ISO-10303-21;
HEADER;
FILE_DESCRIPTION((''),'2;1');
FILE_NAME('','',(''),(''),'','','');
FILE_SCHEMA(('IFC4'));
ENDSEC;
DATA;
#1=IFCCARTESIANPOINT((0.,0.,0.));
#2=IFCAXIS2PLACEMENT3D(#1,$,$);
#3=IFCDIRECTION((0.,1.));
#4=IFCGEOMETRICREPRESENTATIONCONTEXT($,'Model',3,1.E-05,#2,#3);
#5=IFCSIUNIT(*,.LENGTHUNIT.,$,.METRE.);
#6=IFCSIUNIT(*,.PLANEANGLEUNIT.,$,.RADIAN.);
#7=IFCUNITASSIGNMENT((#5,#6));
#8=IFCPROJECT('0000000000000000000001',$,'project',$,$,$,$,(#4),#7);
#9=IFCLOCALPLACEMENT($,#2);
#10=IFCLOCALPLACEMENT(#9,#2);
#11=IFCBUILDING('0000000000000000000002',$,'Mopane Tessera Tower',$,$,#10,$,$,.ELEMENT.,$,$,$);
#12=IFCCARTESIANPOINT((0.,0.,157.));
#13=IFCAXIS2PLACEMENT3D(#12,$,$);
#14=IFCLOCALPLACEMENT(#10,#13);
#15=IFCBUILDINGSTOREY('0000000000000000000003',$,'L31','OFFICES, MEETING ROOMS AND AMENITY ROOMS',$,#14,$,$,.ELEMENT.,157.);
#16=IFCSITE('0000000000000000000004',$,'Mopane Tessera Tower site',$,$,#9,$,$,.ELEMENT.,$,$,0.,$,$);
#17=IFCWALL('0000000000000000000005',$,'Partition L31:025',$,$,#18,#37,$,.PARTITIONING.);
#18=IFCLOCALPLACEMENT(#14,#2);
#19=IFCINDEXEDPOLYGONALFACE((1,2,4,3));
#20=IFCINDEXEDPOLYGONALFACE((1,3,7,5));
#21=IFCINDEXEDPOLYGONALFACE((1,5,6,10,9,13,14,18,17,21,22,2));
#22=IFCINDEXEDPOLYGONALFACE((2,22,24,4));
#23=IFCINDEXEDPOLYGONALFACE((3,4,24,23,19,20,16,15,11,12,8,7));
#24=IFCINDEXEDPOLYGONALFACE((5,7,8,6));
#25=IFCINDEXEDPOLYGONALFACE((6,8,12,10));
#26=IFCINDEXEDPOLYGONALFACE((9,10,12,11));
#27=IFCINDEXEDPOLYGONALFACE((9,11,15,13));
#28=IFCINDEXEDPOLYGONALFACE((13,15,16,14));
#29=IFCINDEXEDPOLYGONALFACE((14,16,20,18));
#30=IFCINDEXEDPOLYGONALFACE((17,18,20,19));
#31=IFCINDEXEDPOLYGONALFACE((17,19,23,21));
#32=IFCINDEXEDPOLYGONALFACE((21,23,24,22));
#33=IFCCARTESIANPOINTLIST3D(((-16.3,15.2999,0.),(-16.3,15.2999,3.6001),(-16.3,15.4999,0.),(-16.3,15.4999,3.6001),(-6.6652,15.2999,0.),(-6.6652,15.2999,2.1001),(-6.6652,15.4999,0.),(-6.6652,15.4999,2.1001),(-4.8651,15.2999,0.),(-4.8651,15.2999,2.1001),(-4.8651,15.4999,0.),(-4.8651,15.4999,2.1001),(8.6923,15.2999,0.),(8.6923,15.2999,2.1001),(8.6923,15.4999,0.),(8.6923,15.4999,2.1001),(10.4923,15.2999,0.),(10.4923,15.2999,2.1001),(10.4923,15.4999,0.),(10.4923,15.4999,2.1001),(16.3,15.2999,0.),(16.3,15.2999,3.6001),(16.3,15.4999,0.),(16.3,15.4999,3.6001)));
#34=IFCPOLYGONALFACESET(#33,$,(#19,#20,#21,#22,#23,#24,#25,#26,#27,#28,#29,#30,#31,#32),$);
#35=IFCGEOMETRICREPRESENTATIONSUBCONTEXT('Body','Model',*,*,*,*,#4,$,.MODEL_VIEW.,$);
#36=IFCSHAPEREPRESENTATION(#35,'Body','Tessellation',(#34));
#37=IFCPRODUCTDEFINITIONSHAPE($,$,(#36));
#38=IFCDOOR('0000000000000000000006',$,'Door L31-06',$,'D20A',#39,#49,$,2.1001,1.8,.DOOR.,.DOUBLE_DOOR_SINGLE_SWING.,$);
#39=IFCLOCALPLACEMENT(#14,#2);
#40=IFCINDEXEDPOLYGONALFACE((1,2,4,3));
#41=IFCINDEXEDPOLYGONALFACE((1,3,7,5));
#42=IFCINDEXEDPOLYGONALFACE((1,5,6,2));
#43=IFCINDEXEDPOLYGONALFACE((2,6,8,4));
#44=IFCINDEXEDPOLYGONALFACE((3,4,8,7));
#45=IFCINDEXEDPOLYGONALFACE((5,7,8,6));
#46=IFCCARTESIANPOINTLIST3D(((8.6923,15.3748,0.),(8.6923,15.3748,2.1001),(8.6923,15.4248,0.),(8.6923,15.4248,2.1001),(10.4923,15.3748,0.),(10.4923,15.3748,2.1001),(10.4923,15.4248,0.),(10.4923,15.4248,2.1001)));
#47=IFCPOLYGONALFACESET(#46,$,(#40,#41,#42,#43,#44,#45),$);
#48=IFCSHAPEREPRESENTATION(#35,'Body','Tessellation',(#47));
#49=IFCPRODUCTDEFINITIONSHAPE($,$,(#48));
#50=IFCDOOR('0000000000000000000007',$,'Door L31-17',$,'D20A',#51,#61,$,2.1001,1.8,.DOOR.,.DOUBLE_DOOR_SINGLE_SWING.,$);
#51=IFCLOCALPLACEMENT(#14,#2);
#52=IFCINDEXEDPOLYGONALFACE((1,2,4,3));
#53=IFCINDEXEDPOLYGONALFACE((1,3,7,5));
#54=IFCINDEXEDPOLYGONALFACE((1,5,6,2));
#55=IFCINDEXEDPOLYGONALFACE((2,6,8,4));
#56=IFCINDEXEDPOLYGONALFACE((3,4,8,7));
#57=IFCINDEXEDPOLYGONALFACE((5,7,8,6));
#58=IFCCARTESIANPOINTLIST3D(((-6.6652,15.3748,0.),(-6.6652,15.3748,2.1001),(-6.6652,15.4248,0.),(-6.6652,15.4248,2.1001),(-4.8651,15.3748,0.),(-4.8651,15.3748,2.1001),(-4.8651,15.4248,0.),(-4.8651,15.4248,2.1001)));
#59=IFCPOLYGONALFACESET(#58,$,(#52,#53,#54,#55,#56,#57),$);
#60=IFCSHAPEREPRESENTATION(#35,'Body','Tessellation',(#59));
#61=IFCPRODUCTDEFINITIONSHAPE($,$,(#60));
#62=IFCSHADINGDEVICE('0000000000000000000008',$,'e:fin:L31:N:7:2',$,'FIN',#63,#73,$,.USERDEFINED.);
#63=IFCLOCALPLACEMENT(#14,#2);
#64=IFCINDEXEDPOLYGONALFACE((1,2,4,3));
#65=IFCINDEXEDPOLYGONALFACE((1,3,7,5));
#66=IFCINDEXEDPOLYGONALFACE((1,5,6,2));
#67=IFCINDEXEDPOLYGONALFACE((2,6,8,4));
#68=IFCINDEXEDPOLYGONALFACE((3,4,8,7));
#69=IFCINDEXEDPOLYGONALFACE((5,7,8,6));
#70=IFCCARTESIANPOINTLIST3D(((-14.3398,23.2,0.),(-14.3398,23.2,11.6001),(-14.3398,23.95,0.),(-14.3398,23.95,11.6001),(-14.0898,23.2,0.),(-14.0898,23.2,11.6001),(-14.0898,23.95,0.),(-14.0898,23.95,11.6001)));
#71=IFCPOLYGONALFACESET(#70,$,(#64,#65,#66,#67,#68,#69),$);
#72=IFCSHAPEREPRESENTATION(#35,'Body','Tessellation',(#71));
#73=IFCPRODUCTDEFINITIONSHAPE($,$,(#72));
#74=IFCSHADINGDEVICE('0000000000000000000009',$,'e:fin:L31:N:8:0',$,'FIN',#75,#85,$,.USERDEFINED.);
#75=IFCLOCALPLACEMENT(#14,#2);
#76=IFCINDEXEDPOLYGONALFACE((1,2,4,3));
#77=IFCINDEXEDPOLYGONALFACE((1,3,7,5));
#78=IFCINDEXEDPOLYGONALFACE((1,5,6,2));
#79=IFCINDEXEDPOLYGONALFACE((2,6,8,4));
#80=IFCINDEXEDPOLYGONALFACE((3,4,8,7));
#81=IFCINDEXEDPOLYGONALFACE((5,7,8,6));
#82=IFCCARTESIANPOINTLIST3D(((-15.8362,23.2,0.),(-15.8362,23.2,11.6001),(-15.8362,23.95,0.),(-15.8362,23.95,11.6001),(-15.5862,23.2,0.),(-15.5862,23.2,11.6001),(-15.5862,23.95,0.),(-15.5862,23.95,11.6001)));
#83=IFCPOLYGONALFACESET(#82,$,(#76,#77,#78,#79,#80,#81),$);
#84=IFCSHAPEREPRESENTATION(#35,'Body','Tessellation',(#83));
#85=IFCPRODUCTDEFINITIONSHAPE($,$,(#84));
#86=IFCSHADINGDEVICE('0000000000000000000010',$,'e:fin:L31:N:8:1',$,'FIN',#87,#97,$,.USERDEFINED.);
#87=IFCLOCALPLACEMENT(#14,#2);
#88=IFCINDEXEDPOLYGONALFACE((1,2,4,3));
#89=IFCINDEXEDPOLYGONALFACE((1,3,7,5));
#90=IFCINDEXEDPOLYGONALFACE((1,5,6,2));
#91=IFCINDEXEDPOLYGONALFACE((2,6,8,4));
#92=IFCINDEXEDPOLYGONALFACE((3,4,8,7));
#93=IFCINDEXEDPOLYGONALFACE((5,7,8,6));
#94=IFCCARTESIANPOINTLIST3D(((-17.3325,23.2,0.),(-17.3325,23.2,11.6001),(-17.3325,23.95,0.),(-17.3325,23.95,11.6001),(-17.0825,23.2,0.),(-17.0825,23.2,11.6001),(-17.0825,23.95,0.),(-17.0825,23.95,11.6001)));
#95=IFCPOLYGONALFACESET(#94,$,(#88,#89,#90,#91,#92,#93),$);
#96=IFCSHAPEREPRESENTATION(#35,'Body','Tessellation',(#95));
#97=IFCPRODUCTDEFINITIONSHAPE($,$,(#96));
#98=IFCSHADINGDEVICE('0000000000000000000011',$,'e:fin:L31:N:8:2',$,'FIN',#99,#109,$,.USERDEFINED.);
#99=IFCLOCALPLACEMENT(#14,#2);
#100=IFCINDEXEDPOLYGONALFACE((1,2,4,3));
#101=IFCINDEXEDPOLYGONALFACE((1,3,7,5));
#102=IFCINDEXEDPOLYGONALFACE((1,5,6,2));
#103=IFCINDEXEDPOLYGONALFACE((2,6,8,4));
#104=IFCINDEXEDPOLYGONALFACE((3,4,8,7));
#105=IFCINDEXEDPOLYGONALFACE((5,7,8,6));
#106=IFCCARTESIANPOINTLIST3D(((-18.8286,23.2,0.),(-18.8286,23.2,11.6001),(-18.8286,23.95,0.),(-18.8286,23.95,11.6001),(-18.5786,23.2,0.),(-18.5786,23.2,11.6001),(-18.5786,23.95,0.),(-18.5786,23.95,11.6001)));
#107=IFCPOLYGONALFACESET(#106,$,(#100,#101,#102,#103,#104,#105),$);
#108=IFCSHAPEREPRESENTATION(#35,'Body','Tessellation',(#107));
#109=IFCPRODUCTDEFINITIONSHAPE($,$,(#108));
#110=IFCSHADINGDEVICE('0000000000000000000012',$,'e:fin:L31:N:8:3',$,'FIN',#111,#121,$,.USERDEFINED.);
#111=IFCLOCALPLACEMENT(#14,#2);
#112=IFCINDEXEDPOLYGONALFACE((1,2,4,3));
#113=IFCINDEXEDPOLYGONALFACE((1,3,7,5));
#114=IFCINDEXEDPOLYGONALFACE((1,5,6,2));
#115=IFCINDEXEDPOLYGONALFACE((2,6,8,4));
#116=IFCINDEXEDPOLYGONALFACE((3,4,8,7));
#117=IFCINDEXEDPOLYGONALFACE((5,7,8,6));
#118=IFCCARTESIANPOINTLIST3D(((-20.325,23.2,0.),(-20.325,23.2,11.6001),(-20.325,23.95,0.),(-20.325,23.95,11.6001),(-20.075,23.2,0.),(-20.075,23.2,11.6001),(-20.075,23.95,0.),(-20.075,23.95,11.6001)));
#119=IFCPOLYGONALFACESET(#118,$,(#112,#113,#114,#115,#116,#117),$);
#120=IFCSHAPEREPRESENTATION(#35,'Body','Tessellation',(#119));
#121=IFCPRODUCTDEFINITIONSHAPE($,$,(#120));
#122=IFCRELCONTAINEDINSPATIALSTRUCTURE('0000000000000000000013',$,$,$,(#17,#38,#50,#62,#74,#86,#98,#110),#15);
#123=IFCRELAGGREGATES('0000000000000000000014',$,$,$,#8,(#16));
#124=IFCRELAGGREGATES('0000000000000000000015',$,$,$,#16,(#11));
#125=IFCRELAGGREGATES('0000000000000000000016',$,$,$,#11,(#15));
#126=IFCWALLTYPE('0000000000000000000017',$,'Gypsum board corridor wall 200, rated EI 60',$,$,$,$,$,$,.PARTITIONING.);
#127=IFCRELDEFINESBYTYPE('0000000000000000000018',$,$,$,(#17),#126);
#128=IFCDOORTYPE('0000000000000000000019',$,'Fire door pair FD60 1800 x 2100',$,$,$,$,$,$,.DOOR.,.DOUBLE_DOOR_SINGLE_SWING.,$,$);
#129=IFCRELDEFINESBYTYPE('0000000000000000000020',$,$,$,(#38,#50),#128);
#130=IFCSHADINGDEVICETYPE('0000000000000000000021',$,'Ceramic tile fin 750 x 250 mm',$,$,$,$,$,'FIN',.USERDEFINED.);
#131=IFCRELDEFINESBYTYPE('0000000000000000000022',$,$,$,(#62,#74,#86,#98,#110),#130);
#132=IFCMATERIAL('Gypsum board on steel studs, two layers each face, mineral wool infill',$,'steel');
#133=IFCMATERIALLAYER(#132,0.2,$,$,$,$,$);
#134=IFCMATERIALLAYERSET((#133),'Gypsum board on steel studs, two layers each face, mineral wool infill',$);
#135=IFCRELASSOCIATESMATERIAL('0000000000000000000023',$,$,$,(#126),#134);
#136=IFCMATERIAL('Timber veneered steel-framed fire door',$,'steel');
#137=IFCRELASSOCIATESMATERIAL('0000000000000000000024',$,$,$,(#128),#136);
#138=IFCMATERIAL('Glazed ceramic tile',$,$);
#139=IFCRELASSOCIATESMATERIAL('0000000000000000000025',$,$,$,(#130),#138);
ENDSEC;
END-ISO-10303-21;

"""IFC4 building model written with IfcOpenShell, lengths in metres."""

from ifc_helpers import new_model, si_unit, direction, frame, frame_2d, origin, origin_2d, place, context, subcontext, project, spatial, rectangle, extrude, material, layer, layer_set, type_object, element, fill, save


model = new_model("IFC4")

# Units and contexts
model_context = context("Model", 3, precision=1e-05, world=origin(), true_north=direction((0.0, 1.0)))
body_context = subcontext(model_context, "Body", "Model", "MODEL_VIEW")
ifc_project = project(units=[si_unit("LENGTHUNIT", "METRE"), si_unit("PLANEANGLEUNIT", "RADIAN")], contexts=[model_context])

# Site, building, storey
site_placement = place(None, origin())
site = spatial("IfcSite", under=ifc_project, at=site_placement, Name="Mopane Tessera Tower site", CompositionType="ELEMENT", RefElevation=0.0)
building_placement = place(site_placement, origin())
building = spatial("IfcBuilding", under=site, at=building_placement, Name="Mopane Tessera Tower", CompositionType="ELEMENT")
storey_placement = place(building_placement, frame((0.0, 0.0, 157.0)))
storey = spatial("IfcBuildingStorey", under=building, at=storey_placement, Name="L31", Description="OFFICES, MEETING ROOMS AND AMENITY ROOMS", CompositionType="ELEMENT", Elevation=157.0)

# Wall, openings, doors
ifc_material_1 = material(Name="Gypsum board on steel studs, two layers each face, mineral wool infill", Category="steel")
ifc_layer_1 = layer(ifc_material_1, 0.2)
ifc_layer_set_1 = layer_set([ifc_layer_1], Name="Gypsum board on steel studs, two layers each face, mineral wool infill")
wall_type_1 = type_object("IfcWallType", Name="Gypsum board corridor wall 200, rated EI 60", PredefinedType="PARTITIONING", material=ifc_layer_set_1)
wall_1_placement = place(storey_placement, frame((-16.3, 15.3999, 0.0), z_axis=(0.0, 0.0, 1.0), x_axis=(1.0, 0.0, 0.0)))
wall_1 = element("IfcWall", 1, at=wall_1_placement, inside=storey, type_object=wall_type_1, Name="Partition L31:025", PredefinedType="PARTITIONING", context=body_context, shape_type="SweptSolid", body=[
    extrude(rectangle(XDim=32.6001, YDim=0.2, at=frame_2d((16.3, 0.0))), origin(), (0.0, 0.0, 1.0), 3.6001),
])
opening_1_placement = place(wall_1_placement, frame((24.9924, 0.0, 0.0)))
opening_1 = element("IfcOpeningElement", 2, at=opening_1_placement, cuts=wall_1, PredefinedType="OPENING", context=body_context, shape_type="SweptSolid", body=[
    extrude(rectangle(XDim=1.8, YDim=2.1001, at=frame_2d((0.8999, 1.05))), frame((0.0, 0.1121, 0.0), z_axis=(0.0, -1.0, 0.0), x_axis=(1.0, 0.0, 0.0)), (0.0, 0.0, 1.0), 0.2239),
])
opening_2_placement = place(wall_1_placement, frame((9.635, 0.0, 0.0)))
opening_2 = element("IfcOpeningElement", 3, at=opening_2_placement, cuts=wall_1, PredefinedType="OPENING", context=body_context, shape_type="SweptSolid", body=[
    extrude(rectangle(XDim=1.8, YDim=2.1001, at=frame_2d((0.8999, 1.05))), frame((0.0, 0.1121, 0.0), z_axis=(0.0, -1.0, 0.0), x_axis=(1.0, 0.0, 0.0)), (0.0, 0.0, 1.0), 0.2239),
])
ifc_material_2 = material(Name="Timber veneered steel-framed fire door", Category="steel")
door_type_1 = type_object("IfcDoorType", Name="Fire door pair FD60 1800 x 2100", OperationType="DOUBLE_DOOR_SINGLE_SWING", PredefinedType="DOOR", material=ifc_material_2)
door_1_placement = place(opening_1_placement, origin())
door_1 = element("IfcDoor", 4, at=door_1_placement, inside=storey, type_object=door_type_1, Name="Door L31-06", ObjectType="D20A", OperationType="DOUBLE_DOOR_SINGLE_SWING", OverallHeight=2.1001, OverallWidth=1.8, PredefinedType="DOOR", context=body_context, shape_type="SweptSolid", body=[
    extrude(rectangle(XDim=1.8, YDim=2.1001, at=frame_2d((0.8999, 1.05))), frame((0.0, 0.0249, 0.0), z_axis=(0.0, -1.0, 0.0), x_axis=(1.0, 0.0, 0.0)), (0.0, 0.0, 1.0), 0.05),
])
fill(opening_1, door_1)
door_2_placement = place(opening_2_placement, origin())
door_2 = element("IfcDoor", 5, at=door_2_placement, inside=storey, type_object=door_type_1, Name="Door L31-17", ObjectType="D20A", OperationType="DOUBLE_DOOR_SINGLE_SWING", OverallHeight=2.1001, OverallWidth=1.8, PredefinedType="DOOR", context=body_context, shape_type="SweptSolid", body=[
    extrude(rectangle(XDim=1.8, YDim=2.1001, at=frame_2d((0.8999, 1.05))), frame((0.0, 0.0249, 0.0), z_axis=(0.0, -1.0, 0.0), x_axis=(1.0, 0.0, 0.0)), (0.0, 0.0, 1.0), 0.05),
])
fill(opening_2, door_2)

# Shading devices
ifc_material_3 = material(Name="Glazed ceramic tile")
shading_device_type = type_object("IfcShadingDeviceType", Name="Ceramic tile fin 750 x 250 mm", ElementType="FIN", PredefinedType="USERDEFINED", material=ifc_material_3)
for number, where, z_axis, x_axis, name in (
    (6, (-14.2148, 23.575, 0.0), (0.0, 0.0, 1.0), (-1.0, 0.0, 0.0), "e:fin:L31:N:7:2"),
    (7, (-15.7112, 23.575, 0.0), (0.0, 0.0, 1.0), (-1.0, 0.0, 0.0), "e:fin:L31:N:8:0"),
    (8, (-17.2075, 23.575, 0.0), (0.0, 0.0, 1.0), (-1.0, 0.0, 0.0), "e:fin:L31:N:8:1"),
    (9, (-18.7036, 23.575, 0.0), (0.0, 0.0, 1.0), (-1.0, 0.0, 0.0), "e:fin:L31:N:8:2"),
    (10, (-20.2, 23.575, 0.0), (0.0, 0.0, 1.0), (-1.0, 0.0, 0.0), "e:fin:L31:N:8:3"),
):
    element("IfcShadingDevice", number, at=place(storey_placement, frame(where, z_axis=z_axis, x_axis=x_axis)), inside=storey, type_object=shading_device_type, Name=name, ObjectType="FIN", PredefinedType="USERDEFINED", context=body_context, shape_type="SweptSolid", body=[
        extrude(rectangle(XDim=0.25, YDim=0.75, at=origin_2d()), origin(), (0.0, 0.0, 1.0), 11.6001),
    ])

save(model, "model.ifc")
